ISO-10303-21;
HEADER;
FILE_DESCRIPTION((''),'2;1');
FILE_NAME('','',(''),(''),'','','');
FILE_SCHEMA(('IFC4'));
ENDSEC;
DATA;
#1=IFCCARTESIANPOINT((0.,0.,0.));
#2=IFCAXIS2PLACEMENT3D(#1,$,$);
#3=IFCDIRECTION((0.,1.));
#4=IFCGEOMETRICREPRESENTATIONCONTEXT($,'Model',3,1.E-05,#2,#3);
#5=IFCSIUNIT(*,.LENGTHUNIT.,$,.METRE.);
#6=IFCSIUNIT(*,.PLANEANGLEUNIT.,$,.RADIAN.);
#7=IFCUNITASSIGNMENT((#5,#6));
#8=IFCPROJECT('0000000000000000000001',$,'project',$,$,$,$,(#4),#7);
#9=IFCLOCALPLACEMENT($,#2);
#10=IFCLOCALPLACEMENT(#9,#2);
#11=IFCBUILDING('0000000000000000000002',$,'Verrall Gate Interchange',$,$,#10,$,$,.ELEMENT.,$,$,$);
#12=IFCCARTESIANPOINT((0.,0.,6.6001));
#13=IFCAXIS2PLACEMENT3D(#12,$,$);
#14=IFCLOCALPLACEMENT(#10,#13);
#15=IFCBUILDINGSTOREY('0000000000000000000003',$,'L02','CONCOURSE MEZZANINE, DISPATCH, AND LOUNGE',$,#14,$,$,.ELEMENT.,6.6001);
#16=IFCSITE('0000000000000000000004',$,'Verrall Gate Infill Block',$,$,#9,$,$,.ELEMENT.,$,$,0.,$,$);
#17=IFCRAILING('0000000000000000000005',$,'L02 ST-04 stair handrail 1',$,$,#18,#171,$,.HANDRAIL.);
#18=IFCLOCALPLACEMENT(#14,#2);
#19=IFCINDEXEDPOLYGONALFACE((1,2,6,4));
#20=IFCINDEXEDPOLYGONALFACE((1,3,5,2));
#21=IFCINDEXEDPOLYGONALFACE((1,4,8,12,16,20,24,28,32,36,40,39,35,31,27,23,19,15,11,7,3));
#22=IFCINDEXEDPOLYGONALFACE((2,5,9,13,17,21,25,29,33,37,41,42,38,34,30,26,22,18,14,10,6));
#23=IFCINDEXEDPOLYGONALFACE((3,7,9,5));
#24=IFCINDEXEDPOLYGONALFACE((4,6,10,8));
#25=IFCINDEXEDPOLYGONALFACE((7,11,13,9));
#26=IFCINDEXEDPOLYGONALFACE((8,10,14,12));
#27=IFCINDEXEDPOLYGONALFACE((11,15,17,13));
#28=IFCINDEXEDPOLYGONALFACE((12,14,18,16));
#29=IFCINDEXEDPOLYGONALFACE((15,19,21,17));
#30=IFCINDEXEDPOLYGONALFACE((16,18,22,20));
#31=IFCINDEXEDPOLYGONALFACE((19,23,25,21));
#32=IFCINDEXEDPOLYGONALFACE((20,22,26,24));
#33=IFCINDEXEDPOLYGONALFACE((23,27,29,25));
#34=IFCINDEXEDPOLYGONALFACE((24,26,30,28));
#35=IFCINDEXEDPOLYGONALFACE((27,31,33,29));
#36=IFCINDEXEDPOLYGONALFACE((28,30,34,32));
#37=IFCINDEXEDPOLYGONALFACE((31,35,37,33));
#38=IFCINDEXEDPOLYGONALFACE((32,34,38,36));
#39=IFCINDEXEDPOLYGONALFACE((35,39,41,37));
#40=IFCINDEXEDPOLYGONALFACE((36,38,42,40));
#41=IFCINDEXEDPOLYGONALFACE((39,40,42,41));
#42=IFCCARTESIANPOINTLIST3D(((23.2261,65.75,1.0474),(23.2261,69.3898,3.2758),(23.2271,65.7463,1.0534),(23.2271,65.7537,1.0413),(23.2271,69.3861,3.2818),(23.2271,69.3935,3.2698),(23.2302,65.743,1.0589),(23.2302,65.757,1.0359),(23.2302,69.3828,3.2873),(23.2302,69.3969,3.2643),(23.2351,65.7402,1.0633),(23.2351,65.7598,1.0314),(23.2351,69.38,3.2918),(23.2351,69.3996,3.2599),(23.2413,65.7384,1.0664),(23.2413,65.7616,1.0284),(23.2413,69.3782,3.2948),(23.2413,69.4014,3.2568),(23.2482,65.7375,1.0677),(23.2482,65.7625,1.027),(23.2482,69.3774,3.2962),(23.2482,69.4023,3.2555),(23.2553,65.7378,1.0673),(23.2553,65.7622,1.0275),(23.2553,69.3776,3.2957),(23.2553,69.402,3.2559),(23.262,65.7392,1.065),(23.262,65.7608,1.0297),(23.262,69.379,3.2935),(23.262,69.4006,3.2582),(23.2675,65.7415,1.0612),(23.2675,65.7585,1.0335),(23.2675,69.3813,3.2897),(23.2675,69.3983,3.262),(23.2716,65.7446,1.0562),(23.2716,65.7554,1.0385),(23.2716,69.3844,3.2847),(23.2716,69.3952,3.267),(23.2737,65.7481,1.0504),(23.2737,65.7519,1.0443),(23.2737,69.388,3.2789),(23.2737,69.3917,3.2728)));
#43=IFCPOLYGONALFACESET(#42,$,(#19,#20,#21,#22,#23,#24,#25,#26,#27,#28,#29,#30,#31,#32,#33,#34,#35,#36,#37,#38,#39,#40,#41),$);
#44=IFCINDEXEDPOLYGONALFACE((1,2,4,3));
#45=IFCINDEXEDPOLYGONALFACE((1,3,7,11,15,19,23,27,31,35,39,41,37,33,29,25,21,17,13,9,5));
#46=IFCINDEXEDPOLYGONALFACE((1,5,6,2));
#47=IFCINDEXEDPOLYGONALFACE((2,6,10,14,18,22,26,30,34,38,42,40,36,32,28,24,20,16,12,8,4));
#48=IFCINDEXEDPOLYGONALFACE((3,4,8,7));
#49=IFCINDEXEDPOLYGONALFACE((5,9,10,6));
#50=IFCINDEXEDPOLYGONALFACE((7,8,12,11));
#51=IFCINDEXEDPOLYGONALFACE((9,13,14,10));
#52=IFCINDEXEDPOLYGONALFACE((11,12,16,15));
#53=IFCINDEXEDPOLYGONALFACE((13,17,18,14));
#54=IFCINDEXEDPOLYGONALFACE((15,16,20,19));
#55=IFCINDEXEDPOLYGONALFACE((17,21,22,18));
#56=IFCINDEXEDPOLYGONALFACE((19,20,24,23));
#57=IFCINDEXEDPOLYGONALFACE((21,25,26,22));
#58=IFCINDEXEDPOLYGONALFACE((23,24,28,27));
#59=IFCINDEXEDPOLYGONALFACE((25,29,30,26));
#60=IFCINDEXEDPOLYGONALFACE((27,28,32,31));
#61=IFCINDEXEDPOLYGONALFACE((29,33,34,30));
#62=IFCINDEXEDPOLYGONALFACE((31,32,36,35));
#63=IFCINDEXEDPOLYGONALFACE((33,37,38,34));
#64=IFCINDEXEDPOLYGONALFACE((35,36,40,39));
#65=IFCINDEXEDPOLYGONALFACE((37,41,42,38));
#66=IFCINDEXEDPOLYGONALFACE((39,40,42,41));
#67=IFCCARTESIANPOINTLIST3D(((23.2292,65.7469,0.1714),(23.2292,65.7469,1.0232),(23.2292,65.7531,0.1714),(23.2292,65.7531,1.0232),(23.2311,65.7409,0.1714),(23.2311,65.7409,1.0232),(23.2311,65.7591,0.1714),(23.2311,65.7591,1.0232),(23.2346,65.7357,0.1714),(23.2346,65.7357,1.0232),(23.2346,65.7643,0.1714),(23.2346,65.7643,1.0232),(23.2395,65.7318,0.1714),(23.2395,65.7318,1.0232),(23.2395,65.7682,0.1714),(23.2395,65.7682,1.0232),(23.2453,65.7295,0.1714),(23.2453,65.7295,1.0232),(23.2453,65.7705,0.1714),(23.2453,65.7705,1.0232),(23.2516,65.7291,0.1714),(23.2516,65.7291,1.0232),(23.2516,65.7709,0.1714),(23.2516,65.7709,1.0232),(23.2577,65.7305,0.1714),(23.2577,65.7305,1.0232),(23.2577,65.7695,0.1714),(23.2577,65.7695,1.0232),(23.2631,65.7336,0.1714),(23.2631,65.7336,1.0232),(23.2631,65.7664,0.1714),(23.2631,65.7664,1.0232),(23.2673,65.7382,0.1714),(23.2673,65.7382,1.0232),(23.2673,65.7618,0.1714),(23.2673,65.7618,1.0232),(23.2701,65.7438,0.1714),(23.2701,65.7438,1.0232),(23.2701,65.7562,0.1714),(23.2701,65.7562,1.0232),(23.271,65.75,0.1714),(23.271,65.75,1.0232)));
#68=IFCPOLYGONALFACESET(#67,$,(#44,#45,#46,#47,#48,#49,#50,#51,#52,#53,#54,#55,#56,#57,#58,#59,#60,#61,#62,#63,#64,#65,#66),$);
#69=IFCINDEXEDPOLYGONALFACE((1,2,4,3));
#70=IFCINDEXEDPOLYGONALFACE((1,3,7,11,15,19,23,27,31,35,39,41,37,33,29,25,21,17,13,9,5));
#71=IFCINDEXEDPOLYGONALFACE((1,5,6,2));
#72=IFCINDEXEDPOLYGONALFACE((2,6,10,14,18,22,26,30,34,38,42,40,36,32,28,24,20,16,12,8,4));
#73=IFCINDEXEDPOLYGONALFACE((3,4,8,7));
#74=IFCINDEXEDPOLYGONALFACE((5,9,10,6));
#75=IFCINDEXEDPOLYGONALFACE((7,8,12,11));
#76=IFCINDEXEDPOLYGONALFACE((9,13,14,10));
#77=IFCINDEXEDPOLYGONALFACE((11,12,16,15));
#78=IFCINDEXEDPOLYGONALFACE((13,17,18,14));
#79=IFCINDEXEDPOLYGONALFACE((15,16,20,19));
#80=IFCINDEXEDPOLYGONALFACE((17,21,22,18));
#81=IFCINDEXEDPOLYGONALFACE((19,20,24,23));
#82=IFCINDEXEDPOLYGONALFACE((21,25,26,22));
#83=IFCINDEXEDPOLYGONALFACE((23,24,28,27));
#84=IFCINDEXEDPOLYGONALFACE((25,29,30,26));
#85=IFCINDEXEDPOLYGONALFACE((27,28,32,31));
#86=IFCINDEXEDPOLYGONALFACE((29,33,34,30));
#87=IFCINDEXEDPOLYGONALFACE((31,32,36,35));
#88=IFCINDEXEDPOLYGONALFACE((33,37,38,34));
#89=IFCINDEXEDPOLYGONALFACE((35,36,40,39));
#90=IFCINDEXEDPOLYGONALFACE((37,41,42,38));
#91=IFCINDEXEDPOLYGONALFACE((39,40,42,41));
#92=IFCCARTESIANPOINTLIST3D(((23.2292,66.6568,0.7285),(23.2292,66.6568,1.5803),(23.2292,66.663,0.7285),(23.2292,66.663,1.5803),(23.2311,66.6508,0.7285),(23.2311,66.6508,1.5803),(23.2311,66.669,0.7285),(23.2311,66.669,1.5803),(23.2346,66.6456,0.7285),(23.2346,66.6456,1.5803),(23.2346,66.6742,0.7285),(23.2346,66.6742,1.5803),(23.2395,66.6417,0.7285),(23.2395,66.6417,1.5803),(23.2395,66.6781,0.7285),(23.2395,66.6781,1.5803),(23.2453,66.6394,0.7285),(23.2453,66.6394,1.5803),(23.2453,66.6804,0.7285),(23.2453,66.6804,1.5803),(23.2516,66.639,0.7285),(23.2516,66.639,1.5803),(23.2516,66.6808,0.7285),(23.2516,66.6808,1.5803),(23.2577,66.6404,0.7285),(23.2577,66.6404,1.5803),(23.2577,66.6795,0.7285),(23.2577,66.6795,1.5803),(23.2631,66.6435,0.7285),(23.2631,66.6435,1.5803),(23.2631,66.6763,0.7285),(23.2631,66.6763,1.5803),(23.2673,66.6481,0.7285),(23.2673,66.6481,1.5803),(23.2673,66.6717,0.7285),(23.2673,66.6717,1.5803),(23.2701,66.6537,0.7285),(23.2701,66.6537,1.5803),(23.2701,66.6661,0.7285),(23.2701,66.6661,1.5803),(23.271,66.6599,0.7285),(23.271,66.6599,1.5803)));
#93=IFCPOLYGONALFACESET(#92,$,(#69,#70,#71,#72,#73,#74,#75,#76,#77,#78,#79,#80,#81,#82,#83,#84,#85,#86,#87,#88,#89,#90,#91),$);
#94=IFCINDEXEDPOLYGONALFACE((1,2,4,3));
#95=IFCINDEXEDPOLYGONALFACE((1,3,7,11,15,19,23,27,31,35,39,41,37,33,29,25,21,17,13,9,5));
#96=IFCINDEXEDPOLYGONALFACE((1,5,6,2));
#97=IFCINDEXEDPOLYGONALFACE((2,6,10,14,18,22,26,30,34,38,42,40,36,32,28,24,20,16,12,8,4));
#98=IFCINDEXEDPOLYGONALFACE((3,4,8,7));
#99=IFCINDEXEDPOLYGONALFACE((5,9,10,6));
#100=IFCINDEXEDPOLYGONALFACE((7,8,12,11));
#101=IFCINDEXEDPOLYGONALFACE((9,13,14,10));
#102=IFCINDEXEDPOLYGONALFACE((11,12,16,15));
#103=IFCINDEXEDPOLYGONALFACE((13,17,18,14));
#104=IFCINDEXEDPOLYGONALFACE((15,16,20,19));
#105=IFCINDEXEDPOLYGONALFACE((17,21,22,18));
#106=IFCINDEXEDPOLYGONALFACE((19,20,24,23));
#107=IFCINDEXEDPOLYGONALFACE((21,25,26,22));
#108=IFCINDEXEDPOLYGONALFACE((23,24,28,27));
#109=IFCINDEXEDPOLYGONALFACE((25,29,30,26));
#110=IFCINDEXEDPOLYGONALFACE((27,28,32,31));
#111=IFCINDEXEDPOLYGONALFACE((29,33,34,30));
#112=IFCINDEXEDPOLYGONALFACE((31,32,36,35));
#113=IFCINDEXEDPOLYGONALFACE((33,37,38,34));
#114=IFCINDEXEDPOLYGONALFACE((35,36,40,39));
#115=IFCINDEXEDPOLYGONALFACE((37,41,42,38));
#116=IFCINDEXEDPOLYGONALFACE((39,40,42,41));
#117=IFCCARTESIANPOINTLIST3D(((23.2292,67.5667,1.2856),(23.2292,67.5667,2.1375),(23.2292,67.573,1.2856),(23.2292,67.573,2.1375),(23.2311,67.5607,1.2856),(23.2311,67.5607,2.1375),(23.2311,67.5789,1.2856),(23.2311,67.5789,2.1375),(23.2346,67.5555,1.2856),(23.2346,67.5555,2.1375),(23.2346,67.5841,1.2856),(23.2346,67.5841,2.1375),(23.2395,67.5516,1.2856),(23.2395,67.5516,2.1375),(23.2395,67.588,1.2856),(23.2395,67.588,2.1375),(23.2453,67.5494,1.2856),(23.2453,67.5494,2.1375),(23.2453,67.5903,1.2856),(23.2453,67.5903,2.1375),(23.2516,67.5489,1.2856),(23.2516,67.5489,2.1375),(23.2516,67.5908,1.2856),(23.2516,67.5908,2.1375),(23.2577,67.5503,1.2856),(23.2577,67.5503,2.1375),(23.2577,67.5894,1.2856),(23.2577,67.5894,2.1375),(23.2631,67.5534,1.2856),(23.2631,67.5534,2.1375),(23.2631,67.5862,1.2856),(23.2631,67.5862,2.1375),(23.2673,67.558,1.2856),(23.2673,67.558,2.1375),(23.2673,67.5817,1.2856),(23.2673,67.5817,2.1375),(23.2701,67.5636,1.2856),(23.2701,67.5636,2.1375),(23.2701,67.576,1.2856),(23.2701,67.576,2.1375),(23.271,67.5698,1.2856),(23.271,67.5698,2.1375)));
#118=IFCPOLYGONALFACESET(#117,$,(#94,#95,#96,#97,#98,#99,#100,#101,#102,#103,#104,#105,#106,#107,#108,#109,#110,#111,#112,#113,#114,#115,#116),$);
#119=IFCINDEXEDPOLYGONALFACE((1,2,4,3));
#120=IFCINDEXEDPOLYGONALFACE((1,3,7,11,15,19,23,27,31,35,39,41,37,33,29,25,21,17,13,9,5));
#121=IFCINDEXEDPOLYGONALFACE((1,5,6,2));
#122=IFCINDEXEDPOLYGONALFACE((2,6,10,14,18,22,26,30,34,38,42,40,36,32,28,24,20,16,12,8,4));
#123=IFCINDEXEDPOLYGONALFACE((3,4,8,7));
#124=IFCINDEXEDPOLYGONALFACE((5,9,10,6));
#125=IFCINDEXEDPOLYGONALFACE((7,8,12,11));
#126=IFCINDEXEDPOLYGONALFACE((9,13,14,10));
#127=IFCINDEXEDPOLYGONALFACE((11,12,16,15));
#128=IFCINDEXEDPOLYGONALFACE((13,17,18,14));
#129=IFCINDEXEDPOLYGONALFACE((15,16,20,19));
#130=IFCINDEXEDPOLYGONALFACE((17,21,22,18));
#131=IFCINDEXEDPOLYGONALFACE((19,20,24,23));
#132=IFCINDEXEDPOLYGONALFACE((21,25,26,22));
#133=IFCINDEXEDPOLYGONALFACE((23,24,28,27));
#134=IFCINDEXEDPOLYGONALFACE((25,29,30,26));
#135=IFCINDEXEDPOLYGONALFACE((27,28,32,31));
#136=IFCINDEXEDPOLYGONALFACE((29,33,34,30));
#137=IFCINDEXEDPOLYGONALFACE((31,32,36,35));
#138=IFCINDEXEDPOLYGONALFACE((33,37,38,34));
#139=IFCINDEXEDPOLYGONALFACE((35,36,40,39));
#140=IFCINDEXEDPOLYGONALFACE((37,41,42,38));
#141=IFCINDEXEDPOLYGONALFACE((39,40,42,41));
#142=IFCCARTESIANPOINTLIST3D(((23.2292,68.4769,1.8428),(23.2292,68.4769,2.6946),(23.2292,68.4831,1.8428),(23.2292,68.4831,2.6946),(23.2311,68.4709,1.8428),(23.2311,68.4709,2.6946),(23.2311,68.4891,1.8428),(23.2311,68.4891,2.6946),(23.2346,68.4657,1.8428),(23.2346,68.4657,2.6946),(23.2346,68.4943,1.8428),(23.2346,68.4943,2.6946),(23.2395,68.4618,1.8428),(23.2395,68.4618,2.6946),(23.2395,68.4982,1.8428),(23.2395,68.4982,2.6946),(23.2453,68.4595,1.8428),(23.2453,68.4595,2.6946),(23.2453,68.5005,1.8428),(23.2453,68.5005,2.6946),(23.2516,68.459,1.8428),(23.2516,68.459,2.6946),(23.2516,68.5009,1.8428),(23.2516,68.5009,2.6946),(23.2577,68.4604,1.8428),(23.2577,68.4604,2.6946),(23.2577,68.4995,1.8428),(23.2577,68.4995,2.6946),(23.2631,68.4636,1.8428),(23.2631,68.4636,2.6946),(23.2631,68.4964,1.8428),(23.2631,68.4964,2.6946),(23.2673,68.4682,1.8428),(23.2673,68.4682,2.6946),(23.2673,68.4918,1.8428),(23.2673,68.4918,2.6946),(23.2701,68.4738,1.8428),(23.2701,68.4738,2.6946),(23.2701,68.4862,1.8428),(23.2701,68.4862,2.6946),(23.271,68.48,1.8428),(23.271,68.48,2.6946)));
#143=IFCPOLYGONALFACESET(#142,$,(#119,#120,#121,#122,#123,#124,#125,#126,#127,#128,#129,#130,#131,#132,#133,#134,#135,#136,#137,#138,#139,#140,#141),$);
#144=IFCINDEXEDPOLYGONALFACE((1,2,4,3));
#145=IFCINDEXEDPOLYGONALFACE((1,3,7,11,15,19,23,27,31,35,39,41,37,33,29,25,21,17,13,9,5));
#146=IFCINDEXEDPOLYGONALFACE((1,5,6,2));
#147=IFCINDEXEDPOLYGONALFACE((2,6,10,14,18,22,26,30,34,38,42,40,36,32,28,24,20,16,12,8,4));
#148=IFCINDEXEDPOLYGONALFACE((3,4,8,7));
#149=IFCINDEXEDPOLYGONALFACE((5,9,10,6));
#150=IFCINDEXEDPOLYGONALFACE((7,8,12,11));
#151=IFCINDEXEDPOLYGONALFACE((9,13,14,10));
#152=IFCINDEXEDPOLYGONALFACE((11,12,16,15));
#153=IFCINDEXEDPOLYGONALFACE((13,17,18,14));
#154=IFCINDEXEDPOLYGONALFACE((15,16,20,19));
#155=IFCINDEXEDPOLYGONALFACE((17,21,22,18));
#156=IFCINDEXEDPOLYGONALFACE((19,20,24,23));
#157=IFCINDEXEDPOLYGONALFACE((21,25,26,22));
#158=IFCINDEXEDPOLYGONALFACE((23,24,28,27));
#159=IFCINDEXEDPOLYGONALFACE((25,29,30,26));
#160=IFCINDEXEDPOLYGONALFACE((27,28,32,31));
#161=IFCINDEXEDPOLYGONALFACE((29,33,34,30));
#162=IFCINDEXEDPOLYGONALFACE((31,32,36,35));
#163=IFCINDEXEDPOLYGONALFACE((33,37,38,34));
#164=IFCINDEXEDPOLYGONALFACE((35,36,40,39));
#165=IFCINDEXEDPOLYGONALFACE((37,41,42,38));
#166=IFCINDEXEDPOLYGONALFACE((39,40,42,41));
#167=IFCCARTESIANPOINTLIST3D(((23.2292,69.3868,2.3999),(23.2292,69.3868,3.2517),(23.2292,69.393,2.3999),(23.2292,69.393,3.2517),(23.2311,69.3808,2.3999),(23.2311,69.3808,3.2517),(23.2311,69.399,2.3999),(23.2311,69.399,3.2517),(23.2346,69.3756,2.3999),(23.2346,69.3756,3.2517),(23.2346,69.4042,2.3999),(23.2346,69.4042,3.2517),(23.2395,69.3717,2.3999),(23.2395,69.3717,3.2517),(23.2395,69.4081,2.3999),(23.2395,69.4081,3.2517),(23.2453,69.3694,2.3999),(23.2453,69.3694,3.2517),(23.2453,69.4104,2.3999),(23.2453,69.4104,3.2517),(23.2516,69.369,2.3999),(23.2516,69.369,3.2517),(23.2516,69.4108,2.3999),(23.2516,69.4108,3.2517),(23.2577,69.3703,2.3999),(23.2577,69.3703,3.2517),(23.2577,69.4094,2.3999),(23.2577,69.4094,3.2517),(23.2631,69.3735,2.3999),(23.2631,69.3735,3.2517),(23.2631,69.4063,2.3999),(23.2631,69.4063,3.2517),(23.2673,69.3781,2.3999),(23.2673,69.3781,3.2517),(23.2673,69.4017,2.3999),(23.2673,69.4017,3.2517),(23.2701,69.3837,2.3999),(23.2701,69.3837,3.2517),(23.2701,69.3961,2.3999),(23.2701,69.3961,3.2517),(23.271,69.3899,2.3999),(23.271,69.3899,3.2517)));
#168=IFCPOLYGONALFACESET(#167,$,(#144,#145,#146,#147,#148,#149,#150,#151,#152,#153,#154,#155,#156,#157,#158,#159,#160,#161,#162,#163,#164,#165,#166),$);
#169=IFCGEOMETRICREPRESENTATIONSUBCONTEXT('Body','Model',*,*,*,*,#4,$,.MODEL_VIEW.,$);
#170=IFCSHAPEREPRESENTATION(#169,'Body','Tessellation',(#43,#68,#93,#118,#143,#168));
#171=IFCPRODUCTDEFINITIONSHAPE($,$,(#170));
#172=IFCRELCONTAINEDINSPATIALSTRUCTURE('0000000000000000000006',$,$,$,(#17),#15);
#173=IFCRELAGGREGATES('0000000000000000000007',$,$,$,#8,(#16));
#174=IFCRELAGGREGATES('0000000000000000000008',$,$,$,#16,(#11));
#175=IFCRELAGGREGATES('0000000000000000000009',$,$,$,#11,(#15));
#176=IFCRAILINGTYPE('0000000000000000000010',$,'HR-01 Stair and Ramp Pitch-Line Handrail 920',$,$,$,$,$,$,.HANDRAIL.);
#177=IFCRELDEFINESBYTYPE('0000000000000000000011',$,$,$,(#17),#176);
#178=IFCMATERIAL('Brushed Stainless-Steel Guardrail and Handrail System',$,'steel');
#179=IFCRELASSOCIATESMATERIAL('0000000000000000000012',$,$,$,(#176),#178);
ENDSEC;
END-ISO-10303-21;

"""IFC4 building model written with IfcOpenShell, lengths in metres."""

from ifc_helpers import new_model, si_unit, direction, frame, origin, origin_2d, place, context, subcontext, project, spatial, circle, extrude, material, type_object, element, save


model = new_model("IFC4")

# Units and contexts
model_context = context("Model", 3, precision=1e-05, world=origin(), true_north=direction((0.0, 1.0)))
body_context = subcontext(model_context, "Body", "Model", "MODEL_VIEW")
ifc_project = project(units=[si_unit("LENGTHUNIT", "METRE"), si_unit("PLANEANGLEUNIT", "RADIAN")], contexts=[model_context])

# Site, building, storey
site_placement = place(None, origin())
site = spatial("IfcSite", under=ifc_project, at=site_placement, Name="Verrall Gate Infill Block", CompositionType="ELEMENT", RefElevation=0.0)
building_placement = place(site_placement, origin())
building = spatial("IfcBuilding", under=site, at=building_placement, Name="Verrall Gate Interchange", CompositionType="ELEMENT")
storey_placement = place(building_placement, frame((0.0, 0.0, 6.6001)))
storey = spatial("IfcBuildingStorey", under=building, at=storey_placement, Name="L02", Description="CONCOURSE MEZZANINE, DISPATCH, AND LOUNGE", CompositionType="ELEMENT", Elevation=6.6001)

# Railing
ifc_material_1 = material(Name="Brushed Stainless-Steel Guardrail and Handrail System", Category="steel")
railing_type_1 = type_object("IfcRailingType", Name="HR-01 Stair and Ramp Pitch-Line Handrail 920", PredefinedType="HANDRAIL", material=ifc_material_1)
for number, where, name in (
    (1, (23.25, 65.75, 0.1714), "L02 ST-04 stair handrail 1"),
):
    element("IfcRailing", number, at=place(storey_placement, frame(where)), inside=storey, type_object=railing_type_1, Name=name, PredefinedType="HANDRAIL", context=body_context, shape_type="SweptSolid", body=[
        extrude(circle(Radius=0.0239, at=origin_2d()), frame((0.0, 0.0, 0.876), z_axis=(0.0, 0.85285, 0.522156), x_axis=(-1.0, 0.0, 0.0)), (0.0, 0.0, 1.0), 4.2678),
        extrude(circle(Radius=0.021, at=origin_2d()), origin(), (0.0, 0.0, 1.0), 0.8518),
        extrude(circle(Radius=0.021, at=origin_2d()), frame((0.0, 0.9099, 0.5571)), (0.0, 0.0, 1.0), 0.8518),
        extrude(circle(Radius=0.021, at=origin_2d()), frame((0.0, 1.8198, 1.1143)), (0.0, 0.0, 1.0), 0.8518),
        extrude(circle(Radius=0.021, at=origin_2d()), frame((0.0, 2.73, 1.6714)), (0.0, 0.0, 1.0), 0.8518),
        extrude(circle(Radius=0.021, at=origin_2d()), frame((0.0, 3.6399, 2.2285)), (0.0, 0.0, 1.0), 0.8518),
    ])

save(model, "model.ifc")
